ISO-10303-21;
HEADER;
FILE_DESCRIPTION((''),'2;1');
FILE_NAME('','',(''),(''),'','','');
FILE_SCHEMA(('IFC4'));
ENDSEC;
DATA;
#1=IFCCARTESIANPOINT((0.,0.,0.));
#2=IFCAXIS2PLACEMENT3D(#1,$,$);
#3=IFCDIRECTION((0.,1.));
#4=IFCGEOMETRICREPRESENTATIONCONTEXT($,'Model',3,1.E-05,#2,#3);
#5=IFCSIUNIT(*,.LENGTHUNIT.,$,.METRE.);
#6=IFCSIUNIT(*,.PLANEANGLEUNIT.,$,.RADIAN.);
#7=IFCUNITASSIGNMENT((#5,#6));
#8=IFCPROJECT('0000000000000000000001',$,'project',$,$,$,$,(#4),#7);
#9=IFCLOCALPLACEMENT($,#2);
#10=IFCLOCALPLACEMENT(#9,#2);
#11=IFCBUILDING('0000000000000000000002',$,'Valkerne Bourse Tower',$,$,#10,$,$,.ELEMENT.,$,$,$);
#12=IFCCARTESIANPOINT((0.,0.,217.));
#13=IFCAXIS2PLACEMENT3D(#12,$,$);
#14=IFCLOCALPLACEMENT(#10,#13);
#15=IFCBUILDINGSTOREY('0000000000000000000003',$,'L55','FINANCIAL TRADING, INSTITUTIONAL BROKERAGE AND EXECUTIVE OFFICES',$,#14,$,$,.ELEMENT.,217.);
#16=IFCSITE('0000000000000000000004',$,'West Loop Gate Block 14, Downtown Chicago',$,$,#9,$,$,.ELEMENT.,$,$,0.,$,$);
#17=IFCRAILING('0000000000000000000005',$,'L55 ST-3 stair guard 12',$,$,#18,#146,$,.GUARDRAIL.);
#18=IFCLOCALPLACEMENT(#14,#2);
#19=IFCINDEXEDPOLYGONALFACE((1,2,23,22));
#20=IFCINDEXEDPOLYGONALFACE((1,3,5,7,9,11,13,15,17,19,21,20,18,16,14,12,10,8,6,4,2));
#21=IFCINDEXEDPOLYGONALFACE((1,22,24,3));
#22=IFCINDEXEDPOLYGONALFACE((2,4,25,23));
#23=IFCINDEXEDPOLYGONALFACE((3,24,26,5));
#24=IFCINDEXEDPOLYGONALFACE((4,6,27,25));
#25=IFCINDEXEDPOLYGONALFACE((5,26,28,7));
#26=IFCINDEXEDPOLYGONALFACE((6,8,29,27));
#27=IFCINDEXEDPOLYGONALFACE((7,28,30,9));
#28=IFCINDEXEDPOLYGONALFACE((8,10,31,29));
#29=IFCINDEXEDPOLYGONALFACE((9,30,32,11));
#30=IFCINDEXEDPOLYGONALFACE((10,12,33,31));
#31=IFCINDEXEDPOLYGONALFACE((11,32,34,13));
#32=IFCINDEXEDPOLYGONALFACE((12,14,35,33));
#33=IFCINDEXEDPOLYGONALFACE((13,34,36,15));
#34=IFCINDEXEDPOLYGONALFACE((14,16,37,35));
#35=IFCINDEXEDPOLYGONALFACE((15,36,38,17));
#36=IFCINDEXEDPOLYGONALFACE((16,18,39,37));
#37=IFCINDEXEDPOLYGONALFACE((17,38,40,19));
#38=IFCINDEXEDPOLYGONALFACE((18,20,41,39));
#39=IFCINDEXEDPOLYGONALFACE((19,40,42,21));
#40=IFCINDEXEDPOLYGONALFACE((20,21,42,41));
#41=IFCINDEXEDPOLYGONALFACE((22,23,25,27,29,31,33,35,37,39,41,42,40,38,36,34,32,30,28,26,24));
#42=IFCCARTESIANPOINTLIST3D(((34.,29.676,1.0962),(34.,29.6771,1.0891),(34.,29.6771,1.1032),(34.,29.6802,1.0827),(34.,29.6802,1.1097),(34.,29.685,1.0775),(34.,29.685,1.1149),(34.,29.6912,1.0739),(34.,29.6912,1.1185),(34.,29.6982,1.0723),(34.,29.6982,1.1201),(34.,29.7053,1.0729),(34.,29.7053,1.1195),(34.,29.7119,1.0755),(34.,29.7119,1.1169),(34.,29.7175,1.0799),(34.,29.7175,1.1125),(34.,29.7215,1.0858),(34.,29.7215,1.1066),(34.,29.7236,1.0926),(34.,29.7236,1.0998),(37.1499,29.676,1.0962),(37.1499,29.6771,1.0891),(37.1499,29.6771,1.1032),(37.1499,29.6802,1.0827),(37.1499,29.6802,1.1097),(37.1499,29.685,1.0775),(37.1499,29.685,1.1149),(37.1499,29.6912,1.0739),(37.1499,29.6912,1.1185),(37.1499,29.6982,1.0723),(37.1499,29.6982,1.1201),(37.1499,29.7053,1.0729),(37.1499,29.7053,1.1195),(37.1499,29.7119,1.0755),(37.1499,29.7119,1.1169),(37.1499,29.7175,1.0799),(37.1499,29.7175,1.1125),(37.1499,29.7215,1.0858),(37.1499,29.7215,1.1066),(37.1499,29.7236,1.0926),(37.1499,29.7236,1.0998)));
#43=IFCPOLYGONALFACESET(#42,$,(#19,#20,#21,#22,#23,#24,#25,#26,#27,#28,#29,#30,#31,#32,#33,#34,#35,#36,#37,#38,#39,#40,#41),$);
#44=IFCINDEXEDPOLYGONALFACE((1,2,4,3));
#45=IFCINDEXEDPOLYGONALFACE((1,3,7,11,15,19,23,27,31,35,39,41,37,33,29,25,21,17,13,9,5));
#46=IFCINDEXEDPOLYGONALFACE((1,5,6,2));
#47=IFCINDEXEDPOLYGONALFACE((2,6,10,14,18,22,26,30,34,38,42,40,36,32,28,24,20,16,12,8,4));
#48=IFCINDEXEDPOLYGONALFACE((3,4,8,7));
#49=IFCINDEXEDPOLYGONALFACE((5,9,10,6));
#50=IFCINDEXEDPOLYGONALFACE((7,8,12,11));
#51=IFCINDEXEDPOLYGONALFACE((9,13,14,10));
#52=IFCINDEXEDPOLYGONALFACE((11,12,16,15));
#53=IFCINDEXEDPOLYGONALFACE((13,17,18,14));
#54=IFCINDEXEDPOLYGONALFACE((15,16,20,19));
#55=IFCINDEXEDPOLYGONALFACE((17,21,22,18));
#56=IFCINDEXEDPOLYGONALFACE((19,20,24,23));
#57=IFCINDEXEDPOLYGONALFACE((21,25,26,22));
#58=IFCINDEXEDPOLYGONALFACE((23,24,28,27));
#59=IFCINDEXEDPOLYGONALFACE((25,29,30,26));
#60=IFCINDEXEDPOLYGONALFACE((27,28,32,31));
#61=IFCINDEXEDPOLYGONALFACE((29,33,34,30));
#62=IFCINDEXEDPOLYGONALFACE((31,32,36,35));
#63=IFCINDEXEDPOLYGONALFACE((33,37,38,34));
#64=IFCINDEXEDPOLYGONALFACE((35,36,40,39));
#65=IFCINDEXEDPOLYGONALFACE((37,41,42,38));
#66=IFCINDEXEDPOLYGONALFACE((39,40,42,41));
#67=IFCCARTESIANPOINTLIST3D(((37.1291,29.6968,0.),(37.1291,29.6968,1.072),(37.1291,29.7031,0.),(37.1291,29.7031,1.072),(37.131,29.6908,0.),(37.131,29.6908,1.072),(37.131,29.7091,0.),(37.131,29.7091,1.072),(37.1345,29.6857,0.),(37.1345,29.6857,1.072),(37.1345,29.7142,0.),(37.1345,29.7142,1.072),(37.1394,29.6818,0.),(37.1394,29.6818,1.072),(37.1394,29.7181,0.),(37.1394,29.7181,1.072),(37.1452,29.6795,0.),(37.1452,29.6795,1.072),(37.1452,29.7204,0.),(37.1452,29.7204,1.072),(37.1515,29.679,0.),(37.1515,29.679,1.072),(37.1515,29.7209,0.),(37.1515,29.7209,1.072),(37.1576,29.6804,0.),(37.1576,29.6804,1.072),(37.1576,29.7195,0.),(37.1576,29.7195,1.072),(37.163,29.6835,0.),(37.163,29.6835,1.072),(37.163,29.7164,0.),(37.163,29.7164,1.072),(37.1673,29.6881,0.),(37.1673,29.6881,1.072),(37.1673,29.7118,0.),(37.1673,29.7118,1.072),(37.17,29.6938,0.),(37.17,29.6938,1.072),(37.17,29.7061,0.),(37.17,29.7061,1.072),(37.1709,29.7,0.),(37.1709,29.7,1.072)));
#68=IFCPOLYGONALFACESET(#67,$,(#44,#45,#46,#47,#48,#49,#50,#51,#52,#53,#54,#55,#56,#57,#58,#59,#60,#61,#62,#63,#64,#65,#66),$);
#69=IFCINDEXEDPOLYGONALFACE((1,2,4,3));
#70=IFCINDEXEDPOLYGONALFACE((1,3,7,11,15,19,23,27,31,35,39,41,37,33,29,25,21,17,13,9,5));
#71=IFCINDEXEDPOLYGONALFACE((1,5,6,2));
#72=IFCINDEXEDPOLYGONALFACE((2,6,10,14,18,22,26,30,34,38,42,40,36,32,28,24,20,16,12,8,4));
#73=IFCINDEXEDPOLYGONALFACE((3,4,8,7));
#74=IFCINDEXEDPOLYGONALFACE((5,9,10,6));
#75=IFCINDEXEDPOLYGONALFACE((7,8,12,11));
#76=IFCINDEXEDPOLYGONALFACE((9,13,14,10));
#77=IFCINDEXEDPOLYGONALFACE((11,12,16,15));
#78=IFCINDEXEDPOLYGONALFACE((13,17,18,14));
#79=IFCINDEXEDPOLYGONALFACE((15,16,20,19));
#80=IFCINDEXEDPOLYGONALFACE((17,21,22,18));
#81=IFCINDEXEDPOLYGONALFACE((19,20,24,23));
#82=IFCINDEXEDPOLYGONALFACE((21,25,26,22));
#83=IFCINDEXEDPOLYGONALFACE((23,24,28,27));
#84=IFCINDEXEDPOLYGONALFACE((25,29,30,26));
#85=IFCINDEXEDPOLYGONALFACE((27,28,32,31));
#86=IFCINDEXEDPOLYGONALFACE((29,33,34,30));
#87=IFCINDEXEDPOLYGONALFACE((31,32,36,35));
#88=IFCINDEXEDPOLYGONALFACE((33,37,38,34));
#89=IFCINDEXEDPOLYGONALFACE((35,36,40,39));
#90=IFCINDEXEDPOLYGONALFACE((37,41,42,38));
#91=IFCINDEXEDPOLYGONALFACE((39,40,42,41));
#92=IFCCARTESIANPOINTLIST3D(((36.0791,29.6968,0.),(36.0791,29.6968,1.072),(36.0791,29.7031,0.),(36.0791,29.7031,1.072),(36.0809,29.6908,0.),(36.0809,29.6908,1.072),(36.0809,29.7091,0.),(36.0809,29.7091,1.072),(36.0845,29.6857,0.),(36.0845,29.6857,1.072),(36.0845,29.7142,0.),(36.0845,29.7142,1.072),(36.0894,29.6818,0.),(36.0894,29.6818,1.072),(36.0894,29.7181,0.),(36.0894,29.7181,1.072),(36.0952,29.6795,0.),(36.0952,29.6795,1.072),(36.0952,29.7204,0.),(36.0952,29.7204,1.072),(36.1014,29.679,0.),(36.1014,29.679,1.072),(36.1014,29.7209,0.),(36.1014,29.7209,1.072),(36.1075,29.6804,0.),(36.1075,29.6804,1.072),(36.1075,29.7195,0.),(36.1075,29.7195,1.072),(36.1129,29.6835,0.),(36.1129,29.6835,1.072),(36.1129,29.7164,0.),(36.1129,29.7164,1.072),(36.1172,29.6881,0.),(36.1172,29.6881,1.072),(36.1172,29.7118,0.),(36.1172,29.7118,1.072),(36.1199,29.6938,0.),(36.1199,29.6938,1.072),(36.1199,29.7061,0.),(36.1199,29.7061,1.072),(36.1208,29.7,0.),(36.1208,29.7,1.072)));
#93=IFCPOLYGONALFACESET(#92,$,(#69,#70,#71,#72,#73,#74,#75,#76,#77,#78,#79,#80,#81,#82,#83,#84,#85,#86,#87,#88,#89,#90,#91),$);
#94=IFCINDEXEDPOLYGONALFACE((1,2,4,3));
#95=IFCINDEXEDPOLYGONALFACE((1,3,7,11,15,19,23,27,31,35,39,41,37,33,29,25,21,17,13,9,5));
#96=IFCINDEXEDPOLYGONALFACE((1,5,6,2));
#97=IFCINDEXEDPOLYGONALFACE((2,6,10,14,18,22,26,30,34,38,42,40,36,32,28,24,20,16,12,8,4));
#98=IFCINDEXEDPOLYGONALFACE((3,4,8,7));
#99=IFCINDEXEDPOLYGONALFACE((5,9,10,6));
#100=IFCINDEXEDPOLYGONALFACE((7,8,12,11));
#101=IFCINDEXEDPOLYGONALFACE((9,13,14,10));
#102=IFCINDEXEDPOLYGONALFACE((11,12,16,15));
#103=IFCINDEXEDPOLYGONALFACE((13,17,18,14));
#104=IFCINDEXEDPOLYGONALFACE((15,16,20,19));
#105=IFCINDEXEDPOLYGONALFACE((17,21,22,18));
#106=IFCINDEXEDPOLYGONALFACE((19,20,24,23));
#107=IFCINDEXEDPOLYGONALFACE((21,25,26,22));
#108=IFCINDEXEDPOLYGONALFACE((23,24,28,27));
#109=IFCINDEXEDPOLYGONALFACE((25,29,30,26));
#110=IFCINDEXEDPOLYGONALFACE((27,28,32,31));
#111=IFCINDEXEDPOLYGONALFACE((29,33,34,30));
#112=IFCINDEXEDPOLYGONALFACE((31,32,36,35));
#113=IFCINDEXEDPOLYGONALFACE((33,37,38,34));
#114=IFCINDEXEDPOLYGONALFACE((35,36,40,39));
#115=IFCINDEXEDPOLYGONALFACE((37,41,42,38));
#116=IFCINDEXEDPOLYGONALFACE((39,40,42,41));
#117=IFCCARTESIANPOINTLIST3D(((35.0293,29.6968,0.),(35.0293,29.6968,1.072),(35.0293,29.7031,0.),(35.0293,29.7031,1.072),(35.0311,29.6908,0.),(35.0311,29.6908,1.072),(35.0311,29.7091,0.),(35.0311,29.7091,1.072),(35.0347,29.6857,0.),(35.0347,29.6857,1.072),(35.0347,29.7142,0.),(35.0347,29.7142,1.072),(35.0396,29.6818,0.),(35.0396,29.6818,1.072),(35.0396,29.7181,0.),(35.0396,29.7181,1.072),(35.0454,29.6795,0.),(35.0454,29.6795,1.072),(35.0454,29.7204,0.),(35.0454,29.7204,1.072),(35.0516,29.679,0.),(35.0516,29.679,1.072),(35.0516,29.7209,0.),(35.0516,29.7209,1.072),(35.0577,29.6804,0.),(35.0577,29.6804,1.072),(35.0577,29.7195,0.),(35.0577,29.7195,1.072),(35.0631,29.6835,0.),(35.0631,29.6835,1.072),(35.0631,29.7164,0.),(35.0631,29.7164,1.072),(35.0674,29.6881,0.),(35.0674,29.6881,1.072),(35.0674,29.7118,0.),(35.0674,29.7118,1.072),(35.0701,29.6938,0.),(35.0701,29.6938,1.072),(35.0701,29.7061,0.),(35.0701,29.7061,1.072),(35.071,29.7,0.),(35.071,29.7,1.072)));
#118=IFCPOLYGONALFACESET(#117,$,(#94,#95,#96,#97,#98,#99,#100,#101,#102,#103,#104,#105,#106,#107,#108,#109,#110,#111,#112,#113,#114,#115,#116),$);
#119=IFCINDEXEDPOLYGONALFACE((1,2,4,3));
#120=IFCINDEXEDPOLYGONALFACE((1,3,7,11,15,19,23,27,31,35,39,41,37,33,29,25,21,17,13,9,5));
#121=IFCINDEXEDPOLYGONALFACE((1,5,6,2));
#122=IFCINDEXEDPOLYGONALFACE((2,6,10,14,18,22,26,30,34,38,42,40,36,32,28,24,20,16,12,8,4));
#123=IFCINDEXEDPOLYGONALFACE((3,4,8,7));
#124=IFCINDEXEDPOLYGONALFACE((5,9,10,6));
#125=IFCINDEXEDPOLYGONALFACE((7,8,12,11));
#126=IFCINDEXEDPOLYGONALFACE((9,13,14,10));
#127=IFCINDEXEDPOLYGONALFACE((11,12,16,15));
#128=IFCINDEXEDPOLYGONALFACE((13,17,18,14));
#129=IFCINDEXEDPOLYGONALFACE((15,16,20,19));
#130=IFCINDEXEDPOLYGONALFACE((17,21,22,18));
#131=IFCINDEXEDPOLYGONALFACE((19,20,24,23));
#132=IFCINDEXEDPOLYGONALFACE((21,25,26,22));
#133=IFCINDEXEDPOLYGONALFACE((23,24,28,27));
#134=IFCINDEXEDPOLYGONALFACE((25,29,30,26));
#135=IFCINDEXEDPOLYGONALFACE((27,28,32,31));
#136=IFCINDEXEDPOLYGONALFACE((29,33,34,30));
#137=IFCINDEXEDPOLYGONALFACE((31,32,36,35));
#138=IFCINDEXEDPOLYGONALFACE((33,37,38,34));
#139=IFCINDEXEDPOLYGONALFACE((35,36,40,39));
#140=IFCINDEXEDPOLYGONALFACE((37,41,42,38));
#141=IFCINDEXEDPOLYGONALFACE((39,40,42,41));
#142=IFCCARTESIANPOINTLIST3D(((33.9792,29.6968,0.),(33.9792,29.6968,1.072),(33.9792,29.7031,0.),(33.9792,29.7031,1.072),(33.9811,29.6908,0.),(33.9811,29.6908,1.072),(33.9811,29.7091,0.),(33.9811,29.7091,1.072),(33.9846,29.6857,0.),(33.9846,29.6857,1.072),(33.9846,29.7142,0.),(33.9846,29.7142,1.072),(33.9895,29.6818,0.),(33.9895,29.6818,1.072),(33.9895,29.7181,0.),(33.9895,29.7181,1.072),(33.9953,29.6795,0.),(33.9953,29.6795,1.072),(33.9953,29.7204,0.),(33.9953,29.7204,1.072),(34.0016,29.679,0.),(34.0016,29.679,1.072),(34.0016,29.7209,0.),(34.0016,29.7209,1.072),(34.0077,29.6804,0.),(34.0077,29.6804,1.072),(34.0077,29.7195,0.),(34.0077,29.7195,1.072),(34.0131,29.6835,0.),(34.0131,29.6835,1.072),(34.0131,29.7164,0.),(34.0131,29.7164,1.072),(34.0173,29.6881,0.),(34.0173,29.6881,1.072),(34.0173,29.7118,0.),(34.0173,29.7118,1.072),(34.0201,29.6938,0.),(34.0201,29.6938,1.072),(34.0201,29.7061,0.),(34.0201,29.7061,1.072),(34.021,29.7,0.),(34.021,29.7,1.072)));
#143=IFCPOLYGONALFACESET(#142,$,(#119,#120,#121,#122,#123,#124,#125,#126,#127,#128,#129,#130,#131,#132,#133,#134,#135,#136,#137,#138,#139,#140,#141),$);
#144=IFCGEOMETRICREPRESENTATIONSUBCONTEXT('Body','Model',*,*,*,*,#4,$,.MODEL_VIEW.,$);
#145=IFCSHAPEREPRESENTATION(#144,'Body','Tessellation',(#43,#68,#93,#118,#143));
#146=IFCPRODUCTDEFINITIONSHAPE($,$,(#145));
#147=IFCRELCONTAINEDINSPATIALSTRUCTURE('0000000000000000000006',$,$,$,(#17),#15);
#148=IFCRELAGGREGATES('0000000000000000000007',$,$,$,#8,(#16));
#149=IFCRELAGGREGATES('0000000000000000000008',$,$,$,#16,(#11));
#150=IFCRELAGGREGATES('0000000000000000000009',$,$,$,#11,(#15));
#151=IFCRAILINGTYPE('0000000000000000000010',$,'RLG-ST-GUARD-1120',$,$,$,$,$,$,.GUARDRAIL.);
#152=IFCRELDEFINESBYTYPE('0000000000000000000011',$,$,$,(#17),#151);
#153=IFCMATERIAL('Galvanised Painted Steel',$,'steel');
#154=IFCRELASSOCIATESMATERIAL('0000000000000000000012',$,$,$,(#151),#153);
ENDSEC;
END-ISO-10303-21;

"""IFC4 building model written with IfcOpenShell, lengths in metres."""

from ifc_helpers import new_model, si_unit, direction, frame, origin, origin_2d, place, context, subcontext, project, spatial, circle, extrude, material, type_object, element, save


model = new_model("IFC4")

# Units and contexts
model_context = context("Model", 3, precision=1e-05, world=origin(), true_north=direction((0.0, 1.0)))
body_context = subcontext(model_context, "Body", "Model", "MODEL_VIEW")
ifc_project = project(units=[si_unit("LENGTHUNIT", "METRE"), si_unit("PLANEANGLEUNIT", "RADIAN")], contexts=[model_context])

# Site, building, storey
site_placement = place(None, origin())
site = spatial("IfcSite", under=ifc_project, at=site_placement, Name="West Loop Gate Block 14, Downtown Chicago", CompositionType="ELEMENT", RefElevation=0.0)
building_placement = place(site_placement, origin())
building = spatial("IfcBuilding", under=site, at=building_placement, Name="Valkerne Bourse Tower", CompositionType="ELEMENT")
storey_placement = place(building_placement, frame((0.0, 0.0, 217.0)))
storey = spatial("IfcBuildingStorey", under=building, at=storey_placement, Name="L55", Description="FINANCIAL TRADING, INSTITUTIONAL BROKERAGE AND EXECUTIVE OFFICES", CompositionType="ELEMENT", Elevation=217.0)

# Shared definitions
ifc_material_1 = material(Name="Galvanised Painted Steel", Category="steel")

# Railing
railing_type = type_object("IfcRailingType", Name="RLG-ST-GUARD-1120", PredefinedType="GUARDRAIL", material=ifc_material_1)
railing_1_placement = place(storey_placement, frame((37.1499, 29.7, 0.0)))
element("IfcRailing", 1, at=railing_1_placement, inside=storey, type_object=railing_type, Name="L55 ST-3 stair guard 12", PredefinedType="GUARDRAIL", context=body_context, shape_type="SweptSolid", body=[
    extrude(circle(Radius=0.0239, at=origin_2d()), frame((0.0, 0.0, 1.0962), z_axis=(-1.0, 0.0, 0.0), x_axis=(0.0, -1.0, 0.0)), (0.0, 0.0, 1.0), 3.1499),
    extrude(circle(Radius=0.021, at=origin_2d()), origin(), (0.0, 0.0, 1.0), 1.072),
    extrude(circle(Radius=0.021, at=origin_2d()), frame((-1.05, 0.0, 0.0)), (0.0, 0.0, 1.0), 1.072),
    extrude(circle(Radius=0.021, at=origin_2d()), frame((-2.0999, 0.0, 0.0)), (0.0, 0.0, 1.0), 1.072),
    extrude(circle(Radius=0.021, at=origin_2d()), frame((-3.1499, 0.0, 0.0)), (0.0, 0.0, 1.0), 1.072),
])

save(model, "model.ifc")
